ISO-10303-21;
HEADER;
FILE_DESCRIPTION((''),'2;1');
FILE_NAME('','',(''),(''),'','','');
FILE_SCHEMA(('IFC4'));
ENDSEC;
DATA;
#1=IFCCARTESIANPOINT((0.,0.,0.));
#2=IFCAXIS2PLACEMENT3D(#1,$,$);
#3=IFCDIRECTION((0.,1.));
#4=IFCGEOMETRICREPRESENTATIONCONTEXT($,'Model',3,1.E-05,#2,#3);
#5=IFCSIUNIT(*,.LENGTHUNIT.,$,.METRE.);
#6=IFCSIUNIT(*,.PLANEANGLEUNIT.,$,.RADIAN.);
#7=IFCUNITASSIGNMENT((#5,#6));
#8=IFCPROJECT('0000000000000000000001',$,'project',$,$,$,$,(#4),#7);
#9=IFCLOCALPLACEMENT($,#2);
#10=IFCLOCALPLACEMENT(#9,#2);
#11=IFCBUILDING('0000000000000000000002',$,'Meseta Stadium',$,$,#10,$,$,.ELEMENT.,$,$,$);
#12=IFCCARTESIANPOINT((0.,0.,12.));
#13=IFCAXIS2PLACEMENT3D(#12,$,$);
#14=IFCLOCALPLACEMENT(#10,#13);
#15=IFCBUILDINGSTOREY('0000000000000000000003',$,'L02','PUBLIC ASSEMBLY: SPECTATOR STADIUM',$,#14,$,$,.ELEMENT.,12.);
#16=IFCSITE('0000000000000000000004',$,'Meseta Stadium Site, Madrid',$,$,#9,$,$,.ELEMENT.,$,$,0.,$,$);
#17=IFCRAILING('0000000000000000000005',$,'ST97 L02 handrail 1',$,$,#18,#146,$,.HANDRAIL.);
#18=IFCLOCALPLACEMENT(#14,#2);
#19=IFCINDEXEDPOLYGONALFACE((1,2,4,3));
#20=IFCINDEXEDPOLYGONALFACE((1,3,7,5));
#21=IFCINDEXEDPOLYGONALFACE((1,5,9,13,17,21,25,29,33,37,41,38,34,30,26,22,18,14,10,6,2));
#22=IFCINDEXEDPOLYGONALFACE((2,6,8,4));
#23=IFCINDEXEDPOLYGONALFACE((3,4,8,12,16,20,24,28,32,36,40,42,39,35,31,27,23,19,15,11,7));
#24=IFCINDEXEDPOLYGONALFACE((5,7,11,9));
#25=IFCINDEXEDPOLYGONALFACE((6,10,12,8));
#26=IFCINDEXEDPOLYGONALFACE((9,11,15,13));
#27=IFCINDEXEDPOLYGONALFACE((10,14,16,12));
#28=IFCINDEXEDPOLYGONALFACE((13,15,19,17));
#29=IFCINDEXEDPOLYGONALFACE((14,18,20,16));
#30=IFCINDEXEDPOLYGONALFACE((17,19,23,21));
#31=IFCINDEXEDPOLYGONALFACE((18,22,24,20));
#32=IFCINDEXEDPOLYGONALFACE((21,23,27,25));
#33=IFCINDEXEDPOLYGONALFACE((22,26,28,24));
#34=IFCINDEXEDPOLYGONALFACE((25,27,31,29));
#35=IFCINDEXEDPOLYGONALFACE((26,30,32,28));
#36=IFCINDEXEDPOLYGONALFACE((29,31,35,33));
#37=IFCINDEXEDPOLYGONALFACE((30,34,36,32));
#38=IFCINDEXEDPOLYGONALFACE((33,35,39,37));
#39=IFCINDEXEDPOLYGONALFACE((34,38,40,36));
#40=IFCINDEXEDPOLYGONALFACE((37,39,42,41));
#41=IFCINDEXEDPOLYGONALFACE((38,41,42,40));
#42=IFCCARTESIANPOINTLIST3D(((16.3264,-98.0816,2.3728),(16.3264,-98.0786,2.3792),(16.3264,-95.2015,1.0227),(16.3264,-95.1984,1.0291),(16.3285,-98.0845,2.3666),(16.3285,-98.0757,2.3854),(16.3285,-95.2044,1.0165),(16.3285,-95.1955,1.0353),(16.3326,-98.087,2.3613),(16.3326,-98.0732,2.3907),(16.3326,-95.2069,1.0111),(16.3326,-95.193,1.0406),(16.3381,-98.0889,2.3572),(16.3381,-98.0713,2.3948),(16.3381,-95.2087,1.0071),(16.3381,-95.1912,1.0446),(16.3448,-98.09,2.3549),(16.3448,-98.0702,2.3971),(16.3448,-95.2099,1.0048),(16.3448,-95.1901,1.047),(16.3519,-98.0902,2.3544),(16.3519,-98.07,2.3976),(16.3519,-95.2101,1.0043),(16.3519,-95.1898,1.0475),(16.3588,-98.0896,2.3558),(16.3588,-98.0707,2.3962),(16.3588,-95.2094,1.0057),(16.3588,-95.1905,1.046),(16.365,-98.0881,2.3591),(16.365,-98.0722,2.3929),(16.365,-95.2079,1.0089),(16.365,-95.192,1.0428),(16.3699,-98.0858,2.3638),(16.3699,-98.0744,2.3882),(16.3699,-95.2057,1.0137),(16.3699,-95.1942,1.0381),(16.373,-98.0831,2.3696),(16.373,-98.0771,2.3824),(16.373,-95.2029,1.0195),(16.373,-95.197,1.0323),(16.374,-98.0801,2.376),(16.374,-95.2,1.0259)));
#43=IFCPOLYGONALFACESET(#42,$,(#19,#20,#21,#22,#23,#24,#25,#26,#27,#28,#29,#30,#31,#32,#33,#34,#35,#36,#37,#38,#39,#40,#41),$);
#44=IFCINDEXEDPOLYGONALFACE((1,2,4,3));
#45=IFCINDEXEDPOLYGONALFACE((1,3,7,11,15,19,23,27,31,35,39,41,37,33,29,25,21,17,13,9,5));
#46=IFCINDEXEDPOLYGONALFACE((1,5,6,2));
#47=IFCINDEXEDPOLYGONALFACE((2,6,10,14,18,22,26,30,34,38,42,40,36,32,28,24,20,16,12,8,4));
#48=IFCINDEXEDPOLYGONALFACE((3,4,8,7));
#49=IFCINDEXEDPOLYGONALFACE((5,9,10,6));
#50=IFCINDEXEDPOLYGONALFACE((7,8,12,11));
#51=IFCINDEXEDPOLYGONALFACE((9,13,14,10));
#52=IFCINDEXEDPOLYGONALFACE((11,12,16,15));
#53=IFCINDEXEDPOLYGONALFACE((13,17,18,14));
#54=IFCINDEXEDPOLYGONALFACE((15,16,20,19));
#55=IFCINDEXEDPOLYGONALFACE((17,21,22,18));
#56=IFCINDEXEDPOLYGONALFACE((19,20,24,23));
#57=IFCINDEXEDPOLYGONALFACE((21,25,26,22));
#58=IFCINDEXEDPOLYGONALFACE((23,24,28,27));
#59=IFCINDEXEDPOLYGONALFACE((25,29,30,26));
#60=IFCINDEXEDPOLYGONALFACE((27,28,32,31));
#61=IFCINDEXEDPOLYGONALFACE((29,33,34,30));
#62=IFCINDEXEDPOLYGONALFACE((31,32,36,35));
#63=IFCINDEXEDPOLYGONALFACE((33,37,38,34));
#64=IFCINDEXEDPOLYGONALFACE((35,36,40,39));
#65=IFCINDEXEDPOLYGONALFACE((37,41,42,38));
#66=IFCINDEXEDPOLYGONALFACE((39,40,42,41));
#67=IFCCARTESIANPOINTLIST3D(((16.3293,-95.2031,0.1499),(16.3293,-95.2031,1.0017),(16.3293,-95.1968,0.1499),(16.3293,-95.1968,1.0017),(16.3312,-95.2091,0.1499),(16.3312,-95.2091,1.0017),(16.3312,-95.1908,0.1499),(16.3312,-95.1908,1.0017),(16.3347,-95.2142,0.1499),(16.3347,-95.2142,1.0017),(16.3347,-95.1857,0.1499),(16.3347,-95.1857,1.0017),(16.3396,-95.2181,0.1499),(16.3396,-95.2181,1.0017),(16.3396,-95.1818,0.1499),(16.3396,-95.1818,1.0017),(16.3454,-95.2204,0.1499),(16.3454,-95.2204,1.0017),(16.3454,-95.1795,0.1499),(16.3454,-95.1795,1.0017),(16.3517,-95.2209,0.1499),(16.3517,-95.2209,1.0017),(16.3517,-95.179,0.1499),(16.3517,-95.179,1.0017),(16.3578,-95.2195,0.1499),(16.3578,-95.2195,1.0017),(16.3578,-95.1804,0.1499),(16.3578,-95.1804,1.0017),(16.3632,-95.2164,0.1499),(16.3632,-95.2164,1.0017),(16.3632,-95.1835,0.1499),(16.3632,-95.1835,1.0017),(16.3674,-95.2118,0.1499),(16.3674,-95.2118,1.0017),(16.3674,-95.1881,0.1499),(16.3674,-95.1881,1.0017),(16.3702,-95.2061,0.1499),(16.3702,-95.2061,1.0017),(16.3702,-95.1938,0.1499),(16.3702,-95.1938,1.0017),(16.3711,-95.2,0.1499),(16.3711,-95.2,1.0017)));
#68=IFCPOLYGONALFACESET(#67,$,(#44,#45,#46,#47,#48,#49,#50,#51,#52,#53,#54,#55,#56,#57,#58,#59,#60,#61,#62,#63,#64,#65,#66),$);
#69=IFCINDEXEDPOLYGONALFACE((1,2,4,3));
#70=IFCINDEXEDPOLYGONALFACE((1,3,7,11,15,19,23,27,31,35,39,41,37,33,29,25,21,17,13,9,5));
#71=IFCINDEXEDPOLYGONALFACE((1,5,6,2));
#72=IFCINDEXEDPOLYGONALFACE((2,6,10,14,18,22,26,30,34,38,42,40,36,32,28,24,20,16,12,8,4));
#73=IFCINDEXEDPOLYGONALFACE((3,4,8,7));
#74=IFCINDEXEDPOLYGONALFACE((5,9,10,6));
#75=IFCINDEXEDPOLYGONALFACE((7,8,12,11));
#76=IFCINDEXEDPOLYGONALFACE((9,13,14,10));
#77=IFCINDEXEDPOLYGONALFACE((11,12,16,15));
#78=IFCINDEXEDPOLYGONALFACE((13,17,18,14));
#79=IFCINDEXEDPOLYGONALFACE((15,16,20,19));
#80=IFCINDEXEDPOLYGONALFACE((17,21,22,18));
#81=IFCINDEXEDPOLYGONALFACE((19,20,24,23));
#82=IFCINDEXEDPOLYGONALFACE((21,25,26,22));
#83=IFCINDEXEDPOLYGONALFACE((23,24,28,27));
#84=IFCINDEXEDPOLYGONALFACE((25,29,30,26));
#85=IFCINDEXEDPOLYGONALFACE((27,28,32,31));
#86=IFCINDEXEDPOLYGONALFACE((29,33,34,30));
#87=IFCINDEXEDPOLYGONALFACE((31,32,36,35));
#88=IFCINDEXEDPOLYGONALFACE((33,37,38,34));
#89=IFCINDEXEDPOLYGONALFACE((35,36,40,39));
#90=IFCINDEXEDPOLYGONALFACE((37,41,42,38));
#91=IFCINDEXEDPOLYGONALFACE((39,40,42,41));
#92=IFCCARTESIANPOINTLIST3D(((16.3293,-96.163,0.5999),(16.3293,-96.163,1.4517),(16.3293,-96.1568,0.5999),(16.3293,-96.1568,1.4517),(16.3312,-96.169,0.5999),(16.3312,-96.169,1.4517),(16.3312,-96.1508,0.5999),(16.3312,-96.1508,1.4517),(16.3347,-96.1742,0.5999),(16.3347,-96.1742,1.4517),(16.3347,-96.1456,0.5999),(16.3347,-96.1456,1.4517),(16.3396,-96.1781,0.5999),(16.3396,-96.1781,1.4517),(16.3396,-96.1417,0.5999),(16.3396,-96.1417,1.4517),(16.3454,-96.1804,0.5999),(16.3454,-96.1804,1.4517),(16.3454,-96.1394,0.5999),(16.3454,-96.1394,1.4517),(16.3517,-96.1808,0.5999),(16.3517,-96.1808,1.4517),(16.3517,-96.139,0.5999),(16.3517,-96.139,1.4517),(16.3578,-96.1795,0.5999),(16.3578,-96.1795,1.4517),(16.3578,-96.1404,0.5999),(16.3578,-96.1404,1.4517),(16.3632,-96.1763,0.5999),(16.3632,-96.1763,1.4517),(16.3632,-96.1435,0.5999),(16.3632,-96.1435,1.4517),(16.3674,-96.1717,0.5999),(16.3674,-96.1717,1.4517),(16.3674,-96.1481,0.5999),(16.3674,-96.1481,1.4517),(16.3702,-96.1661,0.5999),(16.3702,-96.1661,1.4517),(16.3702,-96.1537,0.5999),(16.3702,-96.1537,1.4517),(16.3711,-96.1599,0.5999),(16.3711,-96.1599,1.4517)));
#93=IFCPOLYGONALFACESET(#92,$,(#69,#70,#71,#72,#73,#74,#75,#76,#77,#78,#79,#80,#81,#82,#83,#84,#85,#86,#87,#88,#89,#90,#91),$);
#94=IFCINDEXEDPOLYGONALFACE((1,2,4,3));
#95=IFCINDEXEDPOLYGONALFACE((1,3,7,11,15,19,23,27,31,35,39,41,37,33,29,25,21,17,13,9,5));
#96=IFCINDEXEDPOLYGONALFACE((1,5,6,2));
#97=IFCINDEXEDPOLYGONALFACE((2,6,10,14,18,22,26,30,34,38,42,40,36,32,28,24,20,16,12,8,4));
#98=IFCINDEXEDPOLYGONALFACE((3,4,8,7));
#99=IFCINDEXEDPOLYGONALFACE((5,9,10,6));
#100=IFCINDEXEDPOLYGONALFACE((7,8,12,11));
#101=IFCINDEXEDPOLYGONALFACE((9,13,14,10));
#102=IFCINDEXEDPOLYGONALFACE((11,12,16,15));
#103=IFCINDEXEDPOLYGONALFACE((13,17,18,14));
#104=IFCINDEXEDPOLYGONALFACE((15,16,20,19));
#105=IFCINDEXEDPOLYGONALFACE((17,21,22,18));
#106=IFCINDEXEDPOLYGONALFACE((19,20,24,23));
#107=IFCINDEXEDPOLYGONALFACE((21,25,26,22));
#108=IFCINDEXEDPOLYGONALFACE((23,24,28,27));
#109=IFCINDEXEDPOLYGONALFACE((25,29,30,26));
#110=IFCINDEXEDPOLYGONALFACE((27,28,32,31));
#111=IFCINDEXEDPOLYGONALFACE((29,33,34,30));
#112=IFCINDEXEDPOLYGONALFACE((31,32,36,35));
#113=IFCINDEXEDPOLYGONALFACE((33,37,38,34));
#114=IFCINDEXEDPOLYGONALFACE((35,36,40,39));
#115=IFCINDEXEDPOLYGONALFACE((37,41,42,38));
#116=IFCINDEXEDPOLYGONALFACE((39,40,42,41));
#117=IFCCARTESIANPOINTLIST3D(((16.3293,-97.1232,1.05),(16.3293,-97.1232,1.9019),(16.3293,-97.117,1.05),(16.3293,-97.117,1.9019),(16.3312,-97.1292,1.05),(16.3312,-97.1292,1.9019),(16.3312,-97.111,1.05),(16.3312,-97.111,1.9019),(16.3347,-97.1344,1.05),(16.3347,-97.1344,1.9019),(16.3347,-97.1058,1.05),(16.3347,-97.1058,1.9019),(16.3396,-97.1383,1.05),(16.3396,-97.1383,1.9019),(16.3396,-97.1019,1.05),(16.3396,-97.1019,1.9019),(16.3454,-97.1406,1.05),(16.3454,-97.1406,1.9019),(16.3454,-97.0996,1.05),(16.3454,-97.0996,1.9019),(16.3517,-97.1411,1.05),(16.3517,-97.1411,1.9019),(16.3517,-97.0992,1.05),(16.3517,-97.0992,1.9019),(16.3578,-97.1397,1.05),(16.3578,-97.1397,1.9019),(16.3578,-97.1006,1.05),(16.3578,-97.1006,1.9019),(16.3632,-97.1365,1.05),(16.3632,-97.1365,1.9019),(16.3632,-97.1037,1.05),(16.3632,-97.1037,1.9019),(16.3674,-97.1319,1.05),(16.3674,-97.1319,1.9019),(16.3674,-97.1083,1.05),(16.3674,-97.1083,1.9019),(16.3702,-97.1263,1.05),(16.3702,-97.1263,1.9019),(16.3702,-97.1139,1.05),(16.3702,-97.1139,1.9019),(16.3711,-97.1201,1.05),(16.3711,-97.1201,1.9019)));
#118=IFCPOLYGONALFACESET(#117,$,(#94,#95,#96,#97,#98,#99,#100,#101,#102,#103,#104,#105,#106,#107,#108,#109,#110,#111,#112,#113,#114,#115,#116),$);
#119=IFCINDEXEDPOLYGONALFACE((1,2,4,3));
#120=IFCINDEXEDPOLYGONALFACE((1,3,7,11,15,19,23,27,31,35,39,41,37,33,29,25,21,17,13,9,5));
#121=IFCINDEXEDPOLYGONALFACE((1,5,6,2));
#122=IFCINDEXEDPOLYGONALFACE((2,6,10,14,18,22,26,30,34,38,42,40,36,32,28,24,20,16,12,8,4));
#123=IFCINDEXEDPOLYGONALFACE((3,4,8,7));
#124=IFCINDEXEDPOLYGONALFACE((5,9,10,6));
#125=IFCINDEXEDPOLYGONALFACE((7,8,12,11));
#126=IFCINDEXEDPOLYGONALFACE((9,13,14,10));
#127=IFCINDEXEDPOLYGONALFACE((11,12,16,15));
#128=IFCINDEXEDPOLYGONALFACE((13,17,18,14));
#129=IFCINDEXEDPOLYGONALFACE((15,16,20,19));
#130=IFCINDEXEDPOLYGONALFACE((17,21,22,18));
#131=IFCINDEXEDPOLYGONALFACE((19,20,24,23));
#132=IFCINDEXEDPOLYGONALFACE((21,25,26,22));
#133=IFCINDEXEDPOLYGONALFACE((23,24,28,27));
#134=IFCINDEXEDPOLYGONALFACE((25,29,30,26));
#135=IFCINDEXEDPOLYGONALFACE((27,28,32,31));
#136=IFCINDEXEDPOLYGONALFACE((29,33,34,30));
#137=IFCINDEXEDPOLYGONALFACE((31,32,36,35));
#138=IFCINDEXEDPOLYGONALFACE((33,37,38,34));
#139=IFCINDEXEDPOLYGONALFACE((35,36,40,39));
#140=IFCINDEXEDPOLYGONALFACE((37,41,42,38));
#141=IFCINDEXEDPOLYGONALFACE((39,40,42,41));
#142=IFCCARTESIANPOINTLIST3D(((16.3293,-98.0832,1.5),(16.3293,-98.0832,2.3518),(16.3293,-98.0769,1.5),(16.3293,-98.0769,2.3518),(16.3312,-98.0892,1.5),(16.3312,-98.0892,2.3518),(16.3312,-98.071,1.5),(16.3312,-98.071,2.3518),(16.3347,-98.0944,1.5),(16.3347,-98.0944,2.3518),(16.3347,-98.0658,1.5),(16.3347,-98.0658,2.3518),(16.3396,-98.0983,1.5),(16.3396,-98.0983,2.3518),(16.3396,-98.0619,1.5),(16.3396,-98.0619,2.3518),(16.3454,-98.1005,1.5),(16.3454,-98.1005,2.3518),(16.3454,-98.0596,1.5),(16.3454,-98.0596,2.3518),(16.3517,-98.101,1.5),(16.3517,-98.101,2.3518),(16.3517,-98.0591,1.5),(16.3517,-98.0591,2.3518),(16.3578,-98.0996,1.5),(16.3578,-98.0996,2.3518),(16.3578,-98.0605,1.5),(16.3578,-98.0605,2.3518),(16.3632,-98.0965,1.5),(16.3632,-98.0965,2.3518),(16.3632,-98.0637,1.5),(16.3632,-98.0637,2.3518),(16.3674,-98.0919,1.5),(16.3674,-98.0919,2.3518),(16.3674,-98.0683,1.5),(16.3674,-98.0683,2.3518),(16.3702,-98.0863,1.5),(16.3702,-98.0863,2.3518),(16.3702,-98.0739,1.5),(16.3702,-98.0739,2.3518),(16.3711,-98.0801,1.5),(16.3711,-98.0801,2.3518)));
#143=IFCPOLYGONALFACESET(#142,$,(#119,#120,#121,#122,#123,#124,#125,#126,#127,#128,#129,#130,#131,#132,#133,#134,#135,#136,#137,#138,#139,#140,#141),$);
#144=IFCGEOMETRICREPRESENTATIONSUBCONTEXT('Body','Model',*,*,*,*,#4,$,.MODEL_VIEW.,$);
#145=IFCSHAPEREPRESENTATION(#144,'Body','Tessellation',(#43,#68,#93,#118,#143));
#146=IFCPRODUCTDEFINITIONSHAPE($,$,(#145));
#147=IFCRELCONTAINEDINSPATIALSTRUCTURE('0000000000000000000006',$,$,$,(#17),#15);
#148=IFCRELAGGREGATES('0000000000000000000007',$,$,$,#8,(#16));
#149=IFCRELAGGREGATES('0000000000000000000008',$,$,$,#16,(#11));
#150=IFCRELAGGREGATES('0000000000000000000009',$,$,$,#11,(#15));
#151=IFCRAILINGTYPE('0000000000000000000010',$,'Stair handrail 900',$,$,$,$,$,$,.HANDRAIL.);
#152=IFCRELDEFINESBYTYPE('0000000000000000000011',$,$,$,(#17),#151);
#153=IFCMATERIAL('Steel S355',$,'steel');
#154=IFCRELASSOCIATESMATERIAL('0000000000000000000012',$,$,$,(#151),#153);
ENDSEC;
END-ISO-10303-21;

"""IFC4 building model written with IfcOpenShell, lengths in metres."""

from ifc_helpers import new_model, si_unit, direction, frame, origin, origin_2d, place, context, subcontext, project, spatial, circle, extrude, material, type_object, element, save


model = new_model("IFC4")

# Units and contexts
model_context = context("Model", 3, precision=1e-05, world=origin(), true_north=direction((0.0, 1.0)))
body_context = subcontext(model_context, "Body", "Model", "MODEL_VIEW")
ifc_project = project(units=[si_unit("LENGTHUNIT", "METRE"), si_unit("PLANEANGLEUNIT", "RADIAN")], contexts=[model_context])

# Site, building, storey
site_placement = place(None, origin())
site = spatial("IfcSite", under=ifc_project, at=site_placement, Name="Meseta Stadium Site, Madrid", CompositionType="ELEMENT", RefElevation=0.0)
building_placement = place(site_placement, origin())
building = spatial("IfcBuilding", under=site, at=building_placement, Name="Meseta Stadium", CompositionType="ELEMENT")
storey_placement = place(building_placement, frame((0.0, 0.0, 12.0)))
storey = spatial("IfcBuildingStorey", under=building, at=storey_placement, Name="L02", Description="PUBLIC ASSEMBLY: SPECTATOR STADIUM", CompositionType="ELEMENT", Elevation=12.0)

# Railing
ifc_material_1 = material(Name="Steel S355", Category="steel")
railing_type_1 = type_object("IfcRailingType", Name="Stair handrail 900", PredefinedType="HANDRAIL", material=ifc_material_1)
railing_1_placement = place(storey_placement, frame((16.3501, -95.2, 0.1499)))
element("IfcRailing", 1, at=railing_1_placement, inside=storey, type_object=railing_type_1, Name="ST97 L02 handrail 1", PredefinedType="HANDRAIL", context=body_context, shape_type="SweptSolid", body=[
    extrude(circle(Radius=0.0239, at=origin_2d()), frame((0.0, 0.0, 0.876), z_axis=(0.0, -0.905454, 0.424444), x_axis=(1.0, 0.0, 0.0)), (0.0, 0.0, 1.0), 3.1809),
    extrude(circle(Radius=0.021, at=origin_2d()), origin(), (0.0, 0.0, 1.0), 0.8518),
    extrude(circle(Radius=0.021, at=origin_2d()), frame((0.0, -0.96, 0.45)), (0.0, 0.0, 1.0), 0.8518),
    extrude(circle(Radius=0.021, at=origin_2d()), frame((0.0, -1.9202, 0.9001)), (0.0, 0.0, 1.0), 0.8518),
    extrude(circle(Radius=0.021, at=origin_2d()), frame((0.0, -2.8801, 1.3501)), (0.0, 0.0, 1.0), 0.8518),
])

save(model, "model.ifc")
